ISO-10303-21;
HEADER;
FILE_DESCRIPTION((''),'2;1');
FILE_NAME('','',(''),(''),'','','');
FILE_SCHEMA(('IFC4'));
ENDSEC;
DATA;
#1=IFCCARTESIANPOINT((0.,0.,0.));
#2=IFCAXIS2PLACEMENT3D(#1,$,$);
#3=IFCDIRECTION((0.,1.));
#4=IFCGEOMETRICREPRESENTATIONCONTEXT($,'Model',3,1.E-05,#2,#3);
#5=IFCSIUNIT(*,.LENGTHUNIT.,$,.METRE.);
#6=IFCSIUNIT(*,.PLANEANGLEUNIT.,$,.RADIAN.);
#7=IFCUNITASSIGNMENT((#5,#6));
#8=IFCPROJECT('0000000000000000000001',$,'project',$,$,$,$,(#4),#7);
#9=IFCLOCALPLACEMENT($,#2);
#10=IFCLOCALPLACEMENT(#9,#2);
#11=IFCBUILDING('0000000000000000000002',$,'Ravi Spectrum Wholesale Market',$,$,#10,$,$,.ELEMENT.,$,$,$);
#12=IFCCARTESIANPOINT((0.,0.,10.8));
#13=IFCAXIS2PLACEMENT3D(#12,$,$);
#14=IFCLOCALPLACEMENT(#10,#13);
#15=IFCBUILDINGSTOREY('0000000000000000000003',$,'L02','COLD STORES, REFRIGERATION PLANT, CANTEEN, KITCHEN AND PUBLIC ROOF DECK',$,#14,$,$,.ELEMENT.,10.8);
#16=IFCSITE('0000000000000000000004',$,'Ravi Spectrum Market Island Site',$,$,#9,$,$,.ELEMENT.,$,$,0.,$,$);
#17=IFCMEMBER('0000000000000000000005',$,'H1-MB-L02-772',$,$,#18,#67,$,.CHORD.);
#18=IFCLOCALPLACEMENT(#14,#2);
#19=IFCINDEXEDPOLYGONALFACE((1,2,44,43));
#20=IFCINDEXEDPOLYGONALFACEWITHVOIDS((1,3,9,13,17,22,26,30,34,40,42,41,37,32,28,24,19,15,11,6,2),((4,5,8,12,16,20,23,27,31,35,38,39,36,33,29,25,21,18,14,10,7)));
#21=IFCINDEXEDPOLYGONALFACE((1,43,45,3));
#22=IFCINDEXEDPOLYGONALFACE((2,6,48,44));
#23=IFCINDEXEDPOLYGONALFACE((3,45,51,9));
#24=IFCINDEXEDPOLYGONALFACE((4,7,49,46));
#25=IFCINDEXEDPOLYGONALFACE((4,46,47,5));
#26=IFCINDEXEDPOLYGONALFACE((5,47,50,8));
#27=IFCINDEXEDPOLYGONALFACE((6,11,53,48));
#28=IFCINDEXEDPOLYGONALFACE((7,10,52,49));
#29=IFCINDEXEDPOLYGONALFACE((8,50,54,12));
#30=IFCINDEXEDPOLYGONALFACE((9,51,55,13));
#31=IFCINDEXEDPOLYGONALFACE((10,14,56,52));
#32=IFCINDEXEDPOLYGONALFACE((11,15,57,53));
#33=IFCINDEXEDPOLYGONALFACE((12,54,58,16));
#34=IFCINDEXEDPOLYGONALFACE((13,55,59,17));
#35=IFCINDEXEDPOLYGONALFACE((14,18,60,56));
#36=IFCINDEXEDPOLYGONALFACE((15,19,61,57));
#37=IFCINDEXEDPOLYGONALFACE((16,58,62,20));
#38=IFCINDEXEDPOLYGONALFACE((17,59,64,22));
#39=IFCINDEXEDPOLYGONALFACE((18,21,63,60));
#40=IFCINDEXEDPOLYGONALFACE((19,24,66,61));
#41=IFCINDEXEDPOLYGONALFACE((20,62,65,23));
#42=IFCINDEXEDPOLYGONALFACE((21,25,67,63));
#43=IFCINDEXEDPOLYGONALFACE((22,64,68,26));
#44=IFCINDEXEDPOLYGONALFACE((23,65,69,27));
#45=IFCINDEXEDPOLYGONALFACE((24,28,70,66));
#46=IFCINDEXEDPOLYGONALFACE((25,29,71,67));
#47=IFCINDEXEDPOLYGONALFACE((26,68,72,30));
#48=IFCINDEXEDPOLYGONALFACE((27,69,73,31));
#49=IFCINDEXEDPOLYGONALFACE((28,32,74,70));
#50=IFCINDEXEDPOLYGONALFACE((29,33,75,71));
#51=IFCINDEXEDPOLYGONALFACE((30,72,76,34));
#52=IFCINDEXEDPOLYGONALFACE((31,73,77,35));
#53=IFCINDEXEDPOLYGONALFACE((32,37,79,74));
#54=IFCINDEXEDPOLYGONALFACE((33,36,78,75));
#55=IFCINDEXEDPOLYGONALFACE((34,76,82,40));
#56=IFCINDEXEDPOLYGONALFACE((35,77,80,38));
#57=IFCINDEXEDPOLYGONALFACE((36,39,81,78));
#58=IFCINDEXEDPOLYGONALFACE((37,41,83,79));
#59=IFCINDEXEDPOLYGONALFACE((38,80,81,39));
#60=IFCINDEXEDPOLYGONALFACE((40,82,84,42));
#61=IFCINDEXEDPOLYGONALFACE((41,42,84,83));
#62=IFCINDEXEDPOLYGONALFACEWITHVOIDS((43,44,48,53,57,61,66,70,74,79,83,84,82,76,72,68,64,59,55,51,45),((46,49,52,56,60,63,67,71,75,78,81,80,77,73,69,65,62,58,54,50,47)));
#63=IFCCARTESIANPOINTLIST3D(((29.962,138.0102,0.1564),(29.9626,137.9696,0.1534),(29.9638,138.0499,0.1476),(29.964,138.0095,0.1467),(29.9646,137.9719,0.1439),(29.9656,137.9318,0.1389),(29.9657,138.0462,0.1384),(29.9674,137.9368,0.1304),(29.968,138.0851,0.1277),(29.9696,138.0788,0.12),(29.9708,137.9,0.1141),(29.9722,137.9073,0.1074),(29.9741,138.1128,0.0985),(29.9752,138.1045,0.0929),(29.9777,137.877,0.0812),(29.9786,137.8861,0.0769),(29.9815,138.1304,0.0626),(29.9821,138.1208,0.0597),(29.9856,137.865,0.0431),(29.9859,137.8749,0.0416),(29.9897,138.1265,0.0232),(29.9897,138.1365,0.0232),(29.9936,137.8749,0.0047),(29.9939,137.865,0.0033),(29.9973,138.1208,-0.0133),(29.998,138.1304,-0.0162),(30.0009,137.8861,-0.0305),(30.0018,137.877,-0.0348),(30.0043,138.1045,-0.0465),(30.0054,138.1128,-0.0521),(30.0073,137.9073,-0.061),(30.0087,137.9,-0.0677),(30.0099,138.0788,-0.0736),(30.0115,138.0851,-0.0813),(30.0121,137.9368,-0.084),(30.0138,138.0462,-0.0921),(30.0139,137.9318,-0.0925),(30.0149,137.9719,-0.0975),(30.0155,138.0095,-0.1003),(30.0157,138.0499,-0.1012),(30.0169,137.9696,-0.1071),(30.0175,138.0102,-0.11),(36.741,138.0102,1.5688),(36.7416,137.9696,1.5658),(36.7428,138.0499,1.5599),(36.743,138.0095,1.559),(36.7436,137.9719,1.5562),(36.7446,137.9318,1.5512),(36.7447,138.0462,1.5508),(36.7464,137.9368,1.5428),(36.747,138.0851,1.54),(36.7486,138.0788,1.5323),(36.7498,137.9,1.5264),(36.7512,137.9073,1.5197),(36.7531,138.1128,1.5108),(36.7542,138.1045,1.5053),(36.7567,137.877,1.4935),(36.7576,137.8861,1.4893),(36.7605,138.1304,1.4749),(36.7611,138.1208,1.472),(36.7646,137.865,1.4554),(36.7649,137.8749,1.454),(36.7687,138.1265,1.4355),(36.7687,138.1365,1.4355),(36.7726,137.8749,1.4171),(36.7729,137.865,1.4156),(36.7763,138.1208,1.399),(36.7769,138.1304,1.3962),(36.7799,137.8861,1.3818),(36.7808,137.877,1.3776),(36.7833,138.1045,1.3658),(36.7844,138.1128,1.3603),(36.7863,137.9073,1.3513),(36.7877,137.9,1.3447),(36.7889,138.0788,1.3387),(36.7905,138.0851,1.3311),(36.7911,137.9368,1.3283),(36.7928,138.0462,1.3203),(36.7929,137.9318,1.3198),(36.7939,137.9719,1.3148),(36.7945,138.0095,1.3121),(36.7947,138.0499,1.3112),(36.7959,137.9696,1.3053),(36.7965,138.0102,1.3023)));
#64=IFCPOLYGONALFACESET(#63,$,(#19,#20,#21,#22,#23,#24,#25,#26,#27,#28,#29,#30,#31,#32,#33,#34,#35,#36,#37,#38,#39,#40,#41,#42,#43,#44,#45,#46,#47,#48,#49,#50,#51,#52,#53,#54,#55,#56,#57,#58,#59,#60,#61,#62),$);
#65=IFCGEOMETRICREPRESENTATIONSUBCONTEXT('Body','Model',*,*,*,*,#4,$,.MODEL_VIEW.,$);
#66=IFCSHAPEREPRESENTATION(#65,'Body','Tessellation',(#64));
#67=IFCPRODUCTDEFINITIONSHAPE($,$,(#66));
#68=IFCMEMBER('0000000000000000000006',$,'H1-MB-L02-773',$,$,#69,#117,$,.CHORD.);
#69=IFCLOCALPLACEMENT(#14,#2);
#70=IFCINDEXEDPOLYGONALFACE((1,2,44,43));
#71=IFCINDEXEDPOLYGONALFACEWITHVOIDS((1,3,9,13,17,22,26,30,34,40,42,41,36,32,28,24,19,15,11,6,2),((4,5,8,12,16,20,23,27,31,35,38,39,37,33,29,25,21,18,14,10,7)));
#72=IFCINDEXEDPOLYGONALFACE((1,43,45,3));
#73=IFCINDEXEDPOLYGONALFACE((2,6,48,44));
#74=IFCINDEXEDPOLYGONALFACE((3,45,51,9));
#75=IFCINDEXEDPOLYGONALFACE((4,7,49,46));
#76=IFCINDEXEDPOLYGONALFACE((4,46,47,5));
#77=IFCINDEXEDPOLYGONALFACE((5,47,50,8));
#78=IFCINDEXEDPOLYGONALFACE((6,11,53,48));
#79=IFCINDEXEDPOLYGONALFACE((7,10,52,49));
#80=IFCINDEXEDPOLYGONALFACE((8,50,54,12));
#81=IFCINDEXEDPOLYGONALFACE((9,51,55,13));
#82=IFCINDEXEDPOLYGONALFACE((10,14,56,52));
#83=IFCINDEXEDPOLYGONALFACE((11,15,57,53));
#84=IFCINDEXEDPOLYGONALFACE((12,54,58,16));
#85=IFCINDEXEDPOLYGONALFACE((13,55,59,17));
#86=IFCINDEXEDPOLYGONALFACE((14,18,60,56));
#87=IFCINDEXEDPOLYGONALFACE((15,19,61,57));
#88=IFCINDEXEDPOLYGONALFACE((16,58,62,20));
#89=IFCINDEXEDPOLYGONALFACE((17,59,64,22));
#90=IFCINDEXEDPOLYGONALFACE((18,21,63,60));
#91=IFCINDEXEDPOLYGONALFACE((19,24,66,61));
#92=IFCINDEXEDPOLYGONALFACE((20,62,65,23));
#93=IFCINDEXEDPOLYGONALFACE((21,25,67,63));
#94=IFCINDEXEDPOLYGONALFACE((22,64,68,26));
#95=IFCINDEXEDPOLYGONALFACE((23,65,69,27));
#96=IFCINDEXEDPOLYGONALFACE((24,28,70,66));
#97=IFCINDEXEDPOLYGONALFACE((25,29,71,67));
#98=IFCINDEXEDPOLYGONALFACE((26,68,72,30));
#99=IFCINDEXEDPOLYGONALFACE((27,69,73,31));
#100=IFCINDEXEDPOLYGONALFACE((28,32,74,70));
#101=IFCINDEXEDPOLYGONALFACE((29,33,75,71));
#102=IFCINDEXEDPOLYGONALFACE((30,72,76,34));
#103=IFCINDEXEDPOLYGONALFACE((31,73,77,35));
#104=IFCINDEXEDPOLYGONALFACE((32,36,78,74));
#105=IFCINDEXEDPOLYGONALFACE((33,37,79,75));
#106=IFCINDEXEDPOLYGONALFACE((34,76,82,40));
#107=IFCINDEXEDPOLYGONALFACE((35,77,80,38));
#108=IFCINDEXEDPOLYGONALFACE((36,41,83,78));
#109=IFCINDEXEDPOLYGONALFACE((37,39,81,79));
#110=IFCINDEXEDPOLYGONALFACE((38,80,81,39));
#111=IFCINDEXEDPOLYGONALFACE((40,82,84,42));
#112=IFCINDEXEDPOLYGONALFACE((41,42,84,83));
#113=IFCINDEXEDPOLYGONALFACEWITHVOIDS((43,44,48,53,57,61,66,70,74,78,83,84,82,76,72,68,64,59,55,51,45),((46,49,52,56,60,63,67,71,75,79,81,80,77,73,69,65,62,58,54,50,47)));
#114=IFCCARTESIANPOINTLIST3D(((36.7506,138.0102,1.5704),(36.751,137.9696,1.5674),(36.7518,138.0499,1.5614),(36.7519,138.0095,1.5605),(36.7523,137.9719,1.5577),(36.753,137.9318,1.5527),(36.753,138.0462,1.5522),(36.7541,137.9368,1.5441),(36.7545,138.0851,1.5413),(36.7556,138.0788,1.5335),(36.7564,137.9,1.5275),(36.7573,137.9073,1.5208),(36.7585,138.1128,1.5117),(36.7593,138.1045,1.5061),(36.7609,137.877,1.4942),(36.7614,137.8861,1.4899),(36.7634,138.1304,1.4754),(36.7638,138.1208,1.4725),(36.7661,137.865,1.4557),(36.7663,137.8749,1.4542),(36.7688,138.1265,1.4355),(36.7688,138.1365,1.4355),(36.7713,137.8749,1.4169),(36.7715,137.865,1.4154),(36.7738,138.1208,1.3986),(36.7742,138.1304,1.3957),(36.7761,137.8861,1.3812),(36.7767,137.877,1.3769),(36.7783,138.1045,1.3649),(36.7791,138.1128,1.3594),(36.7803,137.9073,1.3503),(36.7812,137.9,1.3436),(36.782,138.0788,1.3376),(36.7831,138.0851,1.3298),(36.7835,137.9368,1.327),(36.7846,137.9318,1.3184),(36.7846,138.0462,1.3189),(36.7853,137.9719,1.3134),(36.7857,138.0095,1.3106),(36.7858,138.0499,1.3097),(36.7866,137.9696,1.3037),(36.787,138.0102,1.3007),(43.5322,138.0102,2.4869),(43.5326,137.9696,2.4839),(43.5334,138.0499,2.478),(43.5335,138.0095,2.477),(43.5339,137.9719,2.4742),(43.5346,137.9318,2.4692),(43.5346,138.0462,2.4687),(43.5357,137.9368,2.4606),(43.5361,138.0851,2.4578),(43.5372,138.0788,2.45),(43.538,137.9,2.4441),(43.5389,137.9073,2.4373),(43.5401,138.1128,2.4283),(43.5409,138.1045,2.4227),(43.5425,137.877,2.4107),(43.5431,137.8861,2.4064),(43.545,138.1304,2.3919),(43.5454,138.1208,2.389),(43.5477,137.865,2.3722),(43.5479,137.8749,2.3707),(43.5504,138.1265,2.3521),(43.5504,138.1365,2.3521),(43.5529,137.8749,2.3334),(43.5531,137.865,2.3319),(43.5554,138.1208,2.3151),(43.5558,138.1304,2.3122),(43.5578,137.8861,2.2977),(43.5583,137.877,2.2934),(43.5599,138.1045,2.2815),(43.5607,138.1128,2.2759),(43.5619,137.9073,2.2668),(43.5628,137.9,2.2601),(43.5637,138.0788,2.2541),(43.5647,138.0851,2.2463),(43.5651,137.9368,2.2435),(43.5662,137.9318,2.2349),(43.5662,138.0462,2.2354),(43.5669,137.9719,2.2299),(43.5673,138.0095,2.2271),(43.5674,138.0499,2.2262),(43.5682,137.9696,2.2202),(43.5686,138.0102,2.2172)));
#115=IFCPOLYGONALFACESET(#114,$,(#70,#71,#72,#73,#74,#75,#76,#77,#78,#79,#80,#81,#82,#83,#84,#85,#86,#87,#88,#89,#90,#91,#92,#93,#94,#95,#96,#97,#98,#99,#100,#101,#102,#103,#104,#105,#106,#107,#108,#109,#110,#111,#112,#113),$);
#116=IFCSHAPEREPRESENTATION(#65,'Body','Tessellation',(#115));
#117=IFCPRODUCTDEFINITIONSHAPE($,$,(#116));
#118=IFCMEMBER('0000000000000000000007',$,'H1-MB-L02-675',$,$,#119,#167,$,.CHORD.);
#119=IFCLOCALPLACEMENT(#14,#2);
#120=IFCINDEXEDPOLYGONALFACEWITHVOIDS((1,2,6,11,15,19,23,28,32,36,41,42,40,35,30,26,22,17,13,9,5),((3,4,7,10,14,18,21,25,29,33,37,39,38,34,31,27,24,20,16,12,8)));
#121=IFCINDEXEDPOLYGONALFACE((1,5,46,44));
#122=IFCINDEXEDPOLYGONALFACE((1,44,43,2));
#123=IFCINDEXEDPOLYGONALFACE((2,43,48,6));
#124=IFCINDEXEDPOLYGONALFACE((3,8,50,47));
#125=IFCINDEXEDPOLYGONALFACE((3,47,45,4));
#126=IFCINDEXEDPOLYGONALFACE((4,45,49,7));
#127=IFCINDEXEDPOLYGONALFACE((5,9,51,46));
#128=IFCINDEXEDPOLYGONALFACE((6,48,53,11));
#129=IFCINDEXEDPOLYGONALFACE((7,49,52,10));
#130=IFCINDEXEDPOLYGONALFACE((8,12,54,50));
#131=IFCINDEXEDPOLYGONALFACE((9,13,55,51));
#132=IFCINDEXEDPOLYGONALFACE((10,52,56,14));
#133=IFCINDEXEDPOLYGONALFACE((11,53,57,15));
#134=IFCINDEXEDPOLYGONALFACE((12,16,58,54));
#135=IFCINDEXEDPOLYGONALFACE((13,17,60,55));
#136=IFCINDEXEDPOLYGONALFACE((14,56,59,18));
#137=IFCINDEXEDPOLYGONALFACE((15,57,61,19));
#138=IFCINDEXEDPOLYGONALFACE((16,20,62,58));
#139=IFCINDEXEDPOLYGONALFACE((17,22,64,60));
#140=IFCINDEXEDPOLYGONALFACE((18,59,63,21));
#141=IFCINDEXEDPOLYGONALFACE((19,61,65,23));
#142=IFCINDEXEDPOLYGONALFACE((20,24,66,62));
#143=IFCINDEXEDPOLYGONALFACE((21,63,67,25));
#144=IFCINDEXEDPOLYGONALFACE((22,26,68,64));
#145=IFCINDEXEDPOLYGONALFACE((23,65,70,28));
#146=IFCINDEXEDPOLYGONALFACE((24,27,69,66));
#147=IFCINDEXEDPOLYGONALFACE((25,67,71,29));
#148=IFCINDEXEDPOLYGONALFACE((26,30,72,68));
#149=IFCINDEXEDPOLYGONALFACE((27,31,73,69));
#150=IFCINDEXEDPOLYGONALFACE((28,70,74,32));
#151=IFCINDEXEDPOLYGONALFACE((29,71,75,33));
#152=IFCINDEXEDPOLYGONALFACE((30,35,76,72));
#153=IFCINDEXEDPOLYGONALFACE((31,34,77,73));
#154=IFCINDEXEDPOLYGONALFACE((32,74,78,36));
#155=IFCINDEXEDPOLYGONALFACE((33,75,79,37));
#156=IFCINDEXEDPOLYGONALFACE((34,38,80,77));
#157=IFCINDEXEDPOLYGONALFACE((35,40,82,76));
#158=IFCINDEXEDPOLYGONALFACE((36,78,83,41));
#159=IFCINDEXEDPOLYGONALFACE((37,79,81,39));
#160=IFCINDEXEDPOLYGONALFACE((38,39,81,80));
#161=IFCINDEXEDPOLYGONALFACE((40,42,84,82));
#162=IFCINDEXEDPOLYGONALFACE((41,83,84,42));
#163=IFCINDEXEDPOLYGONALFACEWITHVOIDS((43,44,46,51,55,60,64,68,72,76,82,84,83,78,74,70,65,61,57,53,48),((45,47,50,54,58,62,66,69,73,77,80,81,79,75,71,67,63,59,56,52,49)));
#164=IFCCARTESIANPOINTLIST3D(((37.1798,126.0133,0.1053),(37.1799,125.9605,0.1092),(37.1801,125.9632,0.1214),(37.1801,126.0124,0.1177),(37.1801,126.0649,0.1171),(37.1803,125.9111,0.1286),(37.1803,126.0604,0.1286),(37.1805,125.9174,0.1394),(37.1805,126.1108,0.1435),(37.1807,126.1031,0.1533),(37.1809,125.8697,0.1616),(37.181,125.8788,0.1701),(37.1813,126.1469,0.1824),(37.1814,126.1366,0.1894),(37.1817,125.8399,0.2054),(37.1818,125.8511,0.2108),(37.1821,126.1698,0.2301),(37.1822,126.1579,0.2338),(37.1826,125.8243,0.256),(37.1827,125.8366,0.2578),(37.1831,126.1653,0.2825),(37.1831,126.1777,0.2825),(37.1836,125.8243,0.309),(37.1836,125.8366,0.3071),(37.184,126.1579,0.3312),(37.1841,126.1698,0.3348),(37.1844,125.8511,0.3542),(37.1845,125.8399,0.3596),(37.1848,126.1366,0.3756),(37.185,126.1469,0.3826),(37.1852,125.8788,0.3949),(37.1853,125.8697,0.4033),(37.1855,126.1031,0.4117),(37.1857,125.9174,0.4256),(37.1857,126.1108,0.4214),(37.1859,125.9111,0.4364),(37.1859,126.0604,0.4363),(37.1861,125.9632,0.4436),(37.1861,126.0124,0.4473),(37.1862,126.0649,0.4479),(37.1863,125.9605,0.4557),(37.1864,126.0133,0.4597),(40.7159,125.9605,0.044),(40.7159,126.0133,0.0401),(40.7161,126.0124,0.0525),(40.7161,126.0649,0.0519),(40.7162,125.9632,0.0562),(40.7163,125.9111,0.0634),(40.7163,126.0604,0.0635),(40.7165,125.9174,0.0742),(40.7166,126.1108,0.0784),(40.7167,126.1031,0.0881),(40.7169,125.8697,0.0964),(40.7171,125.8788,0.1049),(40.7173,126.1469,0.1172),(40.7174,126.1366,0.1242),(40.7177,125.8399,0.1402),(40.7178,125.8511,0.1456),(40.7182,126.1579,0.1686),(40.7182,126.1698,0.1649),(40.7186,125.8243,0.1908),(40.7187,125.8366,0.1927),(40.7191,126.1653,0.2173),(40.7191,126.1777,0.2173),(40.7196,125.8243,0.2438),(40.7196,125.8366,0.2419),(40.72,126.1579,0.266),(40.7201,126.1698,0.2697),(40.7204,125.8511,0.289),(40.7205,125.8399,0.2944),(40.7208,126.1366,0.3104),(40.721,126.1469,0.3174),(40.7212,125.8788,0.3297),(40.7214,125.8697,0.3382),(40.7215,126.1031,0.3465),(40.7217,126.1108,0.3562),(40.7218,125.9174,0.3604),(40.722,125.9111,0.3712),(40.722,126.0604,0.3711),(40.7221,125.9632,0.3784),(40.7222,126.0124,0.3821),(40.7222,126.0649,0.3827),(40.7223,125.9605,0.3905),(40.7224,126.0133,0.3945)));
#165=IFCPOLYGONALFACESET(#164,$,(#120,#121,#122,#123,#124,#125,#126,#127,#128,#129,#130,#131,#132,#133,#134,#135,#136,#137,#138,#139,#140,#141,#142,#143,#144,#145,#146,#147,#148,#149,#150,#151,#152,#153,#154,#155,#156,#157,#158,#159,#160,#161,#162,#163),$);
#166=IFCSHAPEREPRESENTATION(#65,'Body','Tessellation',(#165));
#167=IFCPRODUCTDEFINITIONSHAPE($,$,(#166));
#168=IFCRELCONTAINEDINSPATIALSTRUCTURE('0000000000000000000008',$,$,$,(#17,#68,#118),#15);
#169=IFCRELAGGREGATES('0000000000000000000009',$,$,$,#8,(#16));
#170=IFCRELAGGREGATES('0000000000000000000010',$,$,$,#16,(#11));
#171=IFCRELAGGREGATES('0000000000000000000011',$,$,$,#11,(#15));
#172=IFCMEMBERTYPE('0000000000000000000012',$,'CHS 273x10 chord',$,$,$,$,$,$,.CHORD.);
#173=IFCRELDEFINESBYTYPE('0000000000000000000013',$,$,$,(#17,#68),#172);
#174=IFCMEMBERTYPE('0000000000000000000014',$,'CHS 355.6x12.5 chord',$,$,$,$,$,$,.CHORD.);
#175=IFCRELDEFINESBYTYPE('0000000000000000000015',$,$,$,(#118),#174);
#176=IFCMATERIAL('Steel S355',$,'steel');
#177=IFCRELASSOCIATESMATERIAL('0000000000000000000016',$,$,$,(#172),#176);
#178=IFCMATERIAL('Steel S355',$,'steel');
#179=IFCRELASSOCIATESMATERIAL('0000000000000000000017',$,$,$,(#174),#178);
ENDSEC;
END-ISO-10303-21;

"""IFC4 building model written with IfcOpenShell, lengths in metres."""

from ifc_helpers import new_model, si_unit, direction, frame, origin, origin_2d, place, context, subcontext, project, spatial, hollow_circle, extrude, material, material_profile, profile_set, type_object, element, save


model = new_model("IFC4")

# Units and contexts
model_context = context("Model", 3, precision=1e-05, world=origin(), true_north=direction((0.0, 1.0)))
body_context = subcontext(model_context, "Body", "Model", "MODEL_VIEW")
ifc_project = project(units=[si_unit("LENGTHUNIT", "METRE"), si_unit("PLANEANGLEUNIT", "RADIAN")], contexts=[model_context])

# Site, building, storey
site_placement = place(None, origin())
site = spatial("IfcSite", under=ifc_project, at=site_placement, Name="Ravi Spectrum Market Island Site", CompositionType="ELEMENT", RefElevation=0.0)
building_placement = place(site_placement, origin())
building = spatial("IfcBuilding", under=site, at=building_placement, Name="Ravi Spectrum Wholesale Market", CompositionType="ELEMENT")
storey_placement = place(building_placement, frame((0.0, 0.0, 10.8)))
storey = spatial("IfcBuildingStorey", under=building, at=storey_placement, Name="L02", Description="COLD STORES, REFRIGERATION PLANT, CANTEEN, KITCHEN AND PUBLIC ROOF DECK", CompositionType="ELEMENT", Elevation=10.8)

# Members
ifc_material_1 = material(Name="Steel S355", Category="steel")
ifc_material_profile_1 = material_profile(ifc_material_1, hollow_circle(Radius=0.1365, WallThickness=0.01, at=origin_2d()))
ifc_profile_set_1 = profile_set([ifc_material_profile_1], Name="Steel S355")
member_type_1 = type_object("IfcMemberType", Name="CHS 273x10 chord", PredefinedType="CHORD", material=ifc_profile_set_1)
member_1_placement = place(storey_placement, frame((29.9897, 138.0, 0.0232), z_axis=(0.978979, 0.0, 0.203961), x_axis=(0.0, 1.0, 0.0)))
element("IfcMember", 1, at=member_1_placement, inside=storey, type_object=member_type_1, Name="H1-MB-L02-772", PredefinedType="CHORD", context=body_context, shape_type="SweptSolid", body=[
    extrude(hollow_circle(Radius=0.1365, WallThickness=0.01, at=origin_2d()), origin(), (0.0, 0.0, 1.0), 6.9246),
])
member_2_placement = place(storey_placement, frame((36.7688, 138.0, 1.4355), z_axis=(0.990991, 0.0, 0.13393), x_axis=(0.0, 1.0, 0.0)))
element("IfcMember", 2, at=member_2_placement, inside=storey, type_object=member_type_1, Name="H1-MB-L02-773", PredefinedType="CHORD", context=body_context, shape_type="SweptSolid", body=[
    extrude(hollow_circle(Radius=0.1365, WallThickness=0.01, at=origin_2d()), origin(), (0.0, 0.0, 1.0), 6.8433),
])
ifc_material_2 = material(Name="Steel S355", Category="steel")
ifc_material_profile_2 = material_profile(ifc_material_2, hollow_circle(Radius=0.1777, WallThickness=0.0125, at=origin_2d()))
ifc_profile_set_2 = profile_set([ifc_material_profile_2], Name="Steel S355")
member_type_2 = type_object("IfcMemberType", Name="CHS 355.6x12.5 chord", PredefinedType="CHORD", material=ifc_profile_set_2)
member_3_placement = place(storey_placement, frame((37.1831, 126.0, 0.2825), z_axis=(0.99983, 0.0, -0.018431), x_axis=(0.0, 1.0, 0.0)))
element("IfcMember", 3, at=member_3_placement, inside=storey, type_object=member_type_2, Name="H1-MB-L02-675", PredefinedType="CHORD", context=body_context, shape_type="SweptSolid", body=[
    extrude(hollow_circle(Radius=0.1777, WallThickness=0.0125, at=origin_2d()), origin(), (0.0, 0.0, 1.0), 3.5366),
])

save(model, "model.ifc")
